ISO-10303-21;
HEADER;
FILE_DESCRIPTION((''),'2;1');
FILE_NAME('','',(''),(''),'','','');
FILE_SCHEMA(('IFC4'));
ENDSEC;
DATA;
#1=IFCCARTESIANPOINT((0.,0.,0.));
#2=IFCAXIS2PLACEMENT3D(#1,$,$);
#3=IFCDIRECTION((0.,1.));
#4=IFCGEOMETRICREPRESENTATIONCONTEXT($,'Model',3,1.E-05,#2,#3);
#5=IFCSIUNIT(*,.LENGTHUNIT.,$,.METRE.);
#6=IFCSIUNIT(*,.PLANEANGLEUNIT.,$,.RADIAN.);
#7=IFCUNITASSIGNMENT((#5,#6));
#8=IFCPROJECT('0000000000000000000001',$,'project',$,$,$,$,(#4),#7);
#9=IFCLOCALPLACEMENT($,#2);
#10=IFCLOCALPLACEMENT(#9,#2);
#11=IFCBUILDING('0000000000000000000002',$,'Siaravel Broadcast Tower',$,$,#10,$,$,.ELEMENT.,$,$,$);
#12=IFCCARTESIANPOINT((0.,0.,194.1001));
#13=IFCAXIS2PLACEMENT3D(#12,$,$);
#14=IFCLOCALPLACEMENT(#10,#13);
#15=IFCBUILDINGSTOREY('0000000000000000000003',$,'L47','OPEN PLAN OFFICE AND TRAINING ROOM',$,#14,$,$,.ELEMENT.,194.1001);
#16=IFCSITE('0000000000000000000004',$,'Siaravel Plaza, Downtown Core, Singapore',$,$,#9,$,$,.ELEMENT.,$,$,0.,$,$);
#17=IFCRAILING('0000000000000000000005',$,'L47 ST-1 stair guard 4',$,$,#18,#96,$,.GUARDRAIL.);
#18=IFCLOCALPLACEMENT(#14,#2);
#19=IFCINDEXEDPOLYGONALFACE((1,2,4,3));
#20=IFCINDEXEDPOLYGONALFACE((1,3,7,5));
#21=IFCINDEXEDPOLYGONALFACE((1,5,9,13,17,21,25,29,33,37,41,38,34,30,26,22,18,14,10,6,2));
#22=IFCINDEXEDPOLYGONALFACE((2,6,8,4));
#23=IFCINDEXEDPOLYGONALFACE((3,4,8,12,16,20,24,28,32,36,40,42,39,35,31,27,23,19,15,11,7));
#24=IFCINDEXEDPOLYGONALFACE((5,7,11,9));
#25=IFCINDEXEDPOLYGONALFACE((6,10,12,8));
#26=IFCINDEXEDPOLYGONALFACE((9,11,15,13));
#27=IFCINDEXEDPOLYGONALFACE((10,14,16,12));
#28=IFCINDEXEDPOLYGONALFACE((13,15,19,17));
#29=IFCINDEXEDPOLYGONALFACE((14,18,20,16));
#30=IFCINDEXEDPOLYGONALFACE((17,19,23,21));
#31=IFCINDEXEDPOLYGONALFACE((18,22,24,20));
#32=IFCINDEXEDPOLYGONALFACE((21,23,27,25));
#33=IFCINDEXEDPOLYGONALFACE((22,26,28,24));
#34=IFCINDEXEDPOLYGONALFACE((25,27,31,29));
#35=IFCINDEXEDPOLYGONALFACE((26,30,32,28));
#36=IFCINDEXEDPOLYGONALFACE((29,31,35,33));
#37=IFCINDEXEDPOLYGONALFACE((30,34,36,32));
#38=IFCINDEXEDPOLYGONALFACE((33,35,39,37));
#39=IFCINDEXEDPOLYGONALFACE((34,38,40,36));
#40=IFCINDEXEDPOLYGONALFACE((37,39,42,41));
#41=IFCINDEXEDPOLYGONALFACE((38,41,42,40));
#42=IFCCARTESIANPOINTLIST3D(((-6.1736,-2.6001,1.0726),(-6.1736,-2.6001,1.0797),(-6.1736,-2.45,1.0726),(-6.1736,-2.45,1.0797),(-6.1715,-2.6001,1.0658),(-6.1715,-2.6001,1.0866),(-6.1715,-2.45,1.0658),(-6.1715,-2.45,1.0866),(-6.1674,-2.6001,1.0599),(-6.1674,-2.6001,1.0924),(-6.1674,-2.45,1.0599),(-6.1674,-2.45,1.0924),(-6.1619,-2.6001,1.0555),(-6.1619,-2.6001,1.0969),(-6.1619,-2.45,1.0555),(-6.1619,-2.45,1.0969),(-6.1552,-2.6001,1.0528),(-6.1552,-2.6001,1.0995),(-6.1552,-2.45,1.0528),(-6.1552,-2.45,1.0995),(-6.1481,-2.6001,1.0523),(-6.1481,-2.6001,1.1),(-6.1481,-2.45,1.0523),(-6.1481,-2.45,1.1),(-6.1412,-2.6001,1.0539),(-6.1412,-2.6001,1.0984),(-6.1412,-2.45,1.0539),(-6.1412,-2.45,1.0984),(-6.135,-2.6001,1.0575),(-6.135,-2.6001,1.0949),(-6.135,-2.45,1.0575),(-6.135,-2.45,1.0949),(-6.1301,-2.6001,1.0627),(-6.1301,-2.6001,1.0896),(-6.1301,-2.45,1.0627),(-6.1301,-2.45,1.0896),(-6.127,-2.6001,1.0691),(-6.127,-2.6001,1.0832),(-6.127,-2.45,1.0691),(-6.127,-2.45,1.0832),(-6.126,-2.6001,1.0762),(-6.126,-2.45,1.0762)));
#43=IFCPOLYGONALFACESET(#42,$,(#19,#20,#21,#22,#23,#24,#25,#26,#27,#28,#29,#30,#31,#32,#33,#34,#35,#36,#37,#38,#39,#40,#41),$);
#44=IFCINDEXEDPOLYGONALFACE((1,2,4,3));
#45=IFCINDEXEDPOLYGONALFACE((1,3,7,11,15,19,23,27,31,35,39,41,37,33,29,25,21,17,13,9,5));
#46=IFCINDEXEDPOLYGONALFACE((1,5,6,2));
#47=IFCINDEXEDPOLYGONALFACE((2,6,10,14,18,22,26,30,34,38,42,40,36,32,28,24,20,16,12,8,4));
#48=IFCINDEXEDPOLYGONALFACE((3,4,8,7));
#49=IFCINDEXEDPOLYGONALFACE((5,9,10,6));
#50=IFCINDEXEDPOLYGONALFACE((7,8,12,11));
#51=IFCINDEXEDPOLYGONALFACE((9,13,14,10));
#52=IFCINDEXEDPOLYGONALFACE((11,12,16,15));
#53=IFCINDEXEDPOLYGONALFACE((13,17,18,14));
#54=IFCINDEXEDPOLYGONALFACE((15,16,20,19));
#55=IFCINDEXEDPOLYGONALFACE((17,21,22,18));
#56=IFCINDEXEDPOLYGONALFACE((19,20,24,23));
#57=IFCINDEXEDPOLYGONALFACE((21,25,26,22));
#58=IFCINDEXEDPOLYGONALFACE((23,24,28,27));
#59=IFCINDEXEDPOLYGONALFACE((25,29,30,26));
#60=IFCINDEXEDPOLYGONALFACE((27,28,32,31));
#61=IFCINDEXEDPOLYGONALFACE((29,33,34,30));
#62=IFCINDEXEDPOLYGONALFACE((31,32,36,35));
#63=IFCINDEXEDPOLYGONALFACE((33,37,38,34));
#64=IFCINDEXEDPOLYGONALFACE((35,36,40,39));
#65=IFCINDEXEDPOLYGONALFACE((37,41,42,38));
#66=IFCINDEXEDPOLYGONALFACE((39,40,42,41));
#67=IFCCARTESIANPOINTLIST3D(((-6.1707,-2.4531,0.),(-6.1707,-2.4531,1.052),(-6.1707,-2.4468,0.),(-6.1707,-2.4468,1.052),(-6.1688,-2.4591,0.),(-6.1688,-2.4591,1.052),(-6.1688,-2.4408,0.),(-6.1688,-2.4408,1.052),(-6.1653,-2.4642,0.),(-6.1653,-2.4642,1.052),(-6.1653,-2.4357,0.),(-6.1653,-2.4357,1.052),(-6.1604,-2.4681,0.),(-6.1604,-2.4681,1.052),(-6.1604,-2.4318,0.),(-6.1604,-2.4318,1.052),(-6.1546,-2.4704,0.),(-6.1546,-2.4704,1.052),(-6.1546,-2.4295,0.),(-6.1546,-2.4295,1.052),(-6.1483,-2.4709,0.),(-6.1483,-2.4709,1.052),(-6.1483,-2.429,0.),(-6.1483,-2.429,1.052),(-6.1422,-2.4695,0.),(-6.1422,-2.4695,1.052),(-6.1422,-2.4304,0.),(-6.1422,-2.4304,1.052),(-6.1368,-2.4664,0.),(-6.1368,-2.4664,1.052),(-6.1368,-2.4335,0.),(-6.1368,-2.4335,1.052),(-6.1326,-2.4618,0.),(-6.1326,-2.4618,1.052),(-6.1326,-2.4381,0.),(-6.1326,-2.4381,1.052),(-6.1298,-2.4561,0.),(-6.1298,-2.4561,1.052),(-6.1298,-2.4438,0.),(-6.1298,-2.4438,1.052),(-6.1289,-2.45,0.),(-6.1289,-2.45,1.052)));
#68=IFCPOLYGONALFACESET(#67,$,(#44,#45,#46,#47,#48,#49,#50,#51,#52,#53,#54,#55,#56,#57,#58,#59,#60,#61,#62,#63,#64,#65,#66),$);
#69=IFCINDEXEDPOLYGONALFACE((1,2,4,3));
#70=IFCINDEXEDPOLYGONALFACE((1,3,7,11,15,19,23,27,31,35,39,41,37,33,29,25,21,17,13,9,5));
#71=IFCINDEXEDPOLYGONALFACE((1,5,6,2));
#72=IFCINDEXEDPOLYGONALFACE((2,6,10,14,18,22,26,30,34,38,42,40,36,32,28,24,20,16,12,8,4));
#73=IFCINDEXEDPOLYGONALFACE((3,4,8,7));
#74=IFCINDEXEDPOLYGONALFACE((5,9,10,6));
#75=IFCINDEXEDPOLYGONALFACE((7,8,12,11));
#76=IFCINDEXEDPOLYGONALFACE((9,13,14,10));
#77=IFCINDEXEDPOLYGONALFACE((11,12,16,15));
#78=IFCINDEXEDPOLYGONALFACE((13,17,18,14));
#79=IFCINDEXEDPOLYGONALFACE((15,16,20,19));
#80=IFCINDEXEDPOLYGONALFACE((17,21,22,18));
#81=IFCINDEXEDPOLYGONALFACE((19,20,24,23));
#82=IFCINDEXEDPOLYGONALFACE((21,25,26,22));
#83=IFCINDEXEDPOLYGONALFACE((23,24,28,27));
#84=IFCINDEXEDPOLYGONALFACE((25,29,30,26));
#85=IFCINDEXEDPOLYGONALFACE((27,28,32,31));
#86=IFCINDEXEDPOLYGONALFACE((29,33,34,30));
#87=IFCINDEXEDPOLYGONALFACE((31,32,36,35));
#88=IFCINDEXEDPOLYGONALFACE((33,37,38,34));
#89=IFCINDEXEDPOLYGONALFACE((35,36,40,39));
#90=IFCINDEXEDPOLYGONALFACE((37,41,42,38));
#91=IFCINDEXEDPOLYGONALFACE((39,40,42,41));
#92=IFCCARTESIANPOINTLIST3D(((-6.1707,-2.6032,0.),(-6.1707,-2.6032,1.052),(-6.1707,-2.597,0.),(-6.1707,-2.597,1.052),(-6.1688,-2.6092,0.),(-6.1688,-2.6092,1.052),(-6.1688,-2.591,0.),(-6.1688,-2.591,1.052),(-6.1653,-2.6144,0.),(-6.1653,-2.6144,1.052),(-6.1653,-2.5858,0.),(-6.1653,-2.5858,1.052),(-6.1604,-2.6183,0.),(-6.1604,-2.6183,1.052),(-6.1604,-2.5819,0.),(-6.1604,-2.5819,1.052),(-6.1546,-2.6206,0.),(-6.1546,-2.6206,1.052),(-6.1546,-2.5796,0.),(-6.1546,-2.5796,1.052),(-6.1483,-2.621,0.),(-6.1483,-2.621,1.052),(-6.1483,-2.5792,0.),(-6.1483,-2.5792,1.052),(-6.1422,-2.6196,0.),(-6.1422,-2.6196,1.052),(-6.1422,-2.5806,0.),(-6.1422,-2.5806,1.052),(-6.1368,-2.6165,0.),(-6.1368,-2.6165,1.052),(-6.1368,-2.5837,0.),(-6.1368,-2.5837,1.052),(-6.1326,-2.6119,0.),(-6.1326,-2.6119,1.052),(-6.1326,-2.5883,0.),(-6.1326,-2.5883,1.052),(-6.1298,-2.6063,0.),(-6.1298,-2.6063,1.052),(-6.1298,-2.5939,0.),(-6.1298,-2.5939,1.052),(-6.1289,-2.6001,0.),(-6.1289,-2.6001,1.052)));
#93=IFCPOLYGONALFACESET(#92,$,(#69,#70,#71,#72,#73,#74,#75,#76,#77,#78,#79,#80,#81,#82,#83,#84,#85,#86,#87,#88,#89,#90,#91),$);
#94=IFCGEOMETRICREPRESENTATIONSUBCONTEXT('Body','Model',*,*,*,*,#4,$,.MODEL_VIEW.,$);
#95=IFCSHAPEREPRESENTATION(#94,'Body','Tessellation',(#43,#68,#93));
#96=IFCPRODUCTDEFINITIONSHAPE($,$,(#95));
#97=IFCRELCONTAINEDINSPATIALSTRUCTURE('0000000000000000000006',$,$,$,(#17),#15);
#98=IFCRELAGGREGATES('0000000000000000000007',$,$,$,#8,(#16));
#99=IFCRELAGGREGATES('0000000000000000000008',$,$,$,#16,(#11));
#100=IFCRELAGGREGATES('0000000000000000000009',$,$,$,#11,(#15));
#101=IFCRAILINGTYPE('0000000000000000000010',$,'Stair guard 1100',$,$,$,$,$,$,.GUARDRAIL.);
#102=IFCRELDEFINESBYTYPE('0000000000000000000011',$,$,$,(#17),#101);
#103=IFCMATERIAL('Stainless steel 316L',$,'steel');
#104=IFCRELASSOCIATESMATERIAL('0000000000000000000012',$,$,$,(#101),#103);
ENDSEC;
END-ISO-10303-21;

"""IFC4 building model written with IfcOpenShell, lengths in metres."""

from ifc_helpers import new_model, si_unit, direction, frame, origin, origin_2d, place, context, subcontext, project, spatial, circle, extrude, material, type_object, element, save


model = new_model("IFC4")

# Units and contexts
model_context = context("Model", 3, precision=1e-05, world=origin(), true_north=direction((0.0, 1.0)))
body_context = subcontext(model_context, "Body", "Model", "MODEL_VIEW")
ifc_project = project(units=[si_unit("LENGTHUNIT", "METRE"), si_unit("PLANEANGLEUNIT", "RADIAN")], contexts=[model_context])

# Site, building, storey
site_placement = place(None, origin())
site = spatial("IfcSite", under=ifc_project, at=site_placement, Name="Siaravel Plaza, Downtown Core, Singapore", CompositionType="ELEMENT", RefElevation=0.0)
building_placement = place(site_placement, origin())
building = spatial("IfcBuilding", under=site, at=building_placement, Name="Siaravel Broadcast Tower", CompositionType="ELEMENT")
storey_placement = place(building_placement, frame((0.0, 0.0, 194.1001)))
storey = spatial("IfcBuildingStorey", under=building, at=storey_placement, Name="L47", Description="OPEN PLAN OFFICE AND TRAINING ROOM", CompositionType="ELEMENT", Elevation=194.1001)

# Shared definitions
ifc_material_1 = material(Name="Stainless steel 316L", Category="steel")

# Railing
railing_type_1 = type_object("IfcRailingType", Name="Stair guard 1100", PredefinedType="GUARDRAIL", material=ifc_material_1)
railing_1_placement = place(storey_placement, frame((-6.1499, -2.45, 0.0)))
element("IfcRailing", 1, at=railing_1_placement, inside=storey, type_object=railing_type_1, Name="L47 ST-1 stair guard 4", PredefinedType="GUARDRAIL", context=body_context, shape_type="SweptSolid", body=[
    extrude(circle(Radius=0.0239, at=origin_2d()), frame((0.0, 0.0, 1.0762), z_axis=(0.0, -1.0, 0.0), x_axis=(1.0, 0.0, 0.0)), (0.0, 0.0, 1.0), 0.1501),
    extrude(circle(Radius=0.021, at=origin_2d()), origin(), (0.0, 0.0, 1.0), 1.052),
    extrude(circle(Radius=0.021, at=origin_2d()), frame((0.0, -0.1501, 0.0)), (0.0, 0.0, 1.0), 1.052),
])

save(model, "model.ifc")
